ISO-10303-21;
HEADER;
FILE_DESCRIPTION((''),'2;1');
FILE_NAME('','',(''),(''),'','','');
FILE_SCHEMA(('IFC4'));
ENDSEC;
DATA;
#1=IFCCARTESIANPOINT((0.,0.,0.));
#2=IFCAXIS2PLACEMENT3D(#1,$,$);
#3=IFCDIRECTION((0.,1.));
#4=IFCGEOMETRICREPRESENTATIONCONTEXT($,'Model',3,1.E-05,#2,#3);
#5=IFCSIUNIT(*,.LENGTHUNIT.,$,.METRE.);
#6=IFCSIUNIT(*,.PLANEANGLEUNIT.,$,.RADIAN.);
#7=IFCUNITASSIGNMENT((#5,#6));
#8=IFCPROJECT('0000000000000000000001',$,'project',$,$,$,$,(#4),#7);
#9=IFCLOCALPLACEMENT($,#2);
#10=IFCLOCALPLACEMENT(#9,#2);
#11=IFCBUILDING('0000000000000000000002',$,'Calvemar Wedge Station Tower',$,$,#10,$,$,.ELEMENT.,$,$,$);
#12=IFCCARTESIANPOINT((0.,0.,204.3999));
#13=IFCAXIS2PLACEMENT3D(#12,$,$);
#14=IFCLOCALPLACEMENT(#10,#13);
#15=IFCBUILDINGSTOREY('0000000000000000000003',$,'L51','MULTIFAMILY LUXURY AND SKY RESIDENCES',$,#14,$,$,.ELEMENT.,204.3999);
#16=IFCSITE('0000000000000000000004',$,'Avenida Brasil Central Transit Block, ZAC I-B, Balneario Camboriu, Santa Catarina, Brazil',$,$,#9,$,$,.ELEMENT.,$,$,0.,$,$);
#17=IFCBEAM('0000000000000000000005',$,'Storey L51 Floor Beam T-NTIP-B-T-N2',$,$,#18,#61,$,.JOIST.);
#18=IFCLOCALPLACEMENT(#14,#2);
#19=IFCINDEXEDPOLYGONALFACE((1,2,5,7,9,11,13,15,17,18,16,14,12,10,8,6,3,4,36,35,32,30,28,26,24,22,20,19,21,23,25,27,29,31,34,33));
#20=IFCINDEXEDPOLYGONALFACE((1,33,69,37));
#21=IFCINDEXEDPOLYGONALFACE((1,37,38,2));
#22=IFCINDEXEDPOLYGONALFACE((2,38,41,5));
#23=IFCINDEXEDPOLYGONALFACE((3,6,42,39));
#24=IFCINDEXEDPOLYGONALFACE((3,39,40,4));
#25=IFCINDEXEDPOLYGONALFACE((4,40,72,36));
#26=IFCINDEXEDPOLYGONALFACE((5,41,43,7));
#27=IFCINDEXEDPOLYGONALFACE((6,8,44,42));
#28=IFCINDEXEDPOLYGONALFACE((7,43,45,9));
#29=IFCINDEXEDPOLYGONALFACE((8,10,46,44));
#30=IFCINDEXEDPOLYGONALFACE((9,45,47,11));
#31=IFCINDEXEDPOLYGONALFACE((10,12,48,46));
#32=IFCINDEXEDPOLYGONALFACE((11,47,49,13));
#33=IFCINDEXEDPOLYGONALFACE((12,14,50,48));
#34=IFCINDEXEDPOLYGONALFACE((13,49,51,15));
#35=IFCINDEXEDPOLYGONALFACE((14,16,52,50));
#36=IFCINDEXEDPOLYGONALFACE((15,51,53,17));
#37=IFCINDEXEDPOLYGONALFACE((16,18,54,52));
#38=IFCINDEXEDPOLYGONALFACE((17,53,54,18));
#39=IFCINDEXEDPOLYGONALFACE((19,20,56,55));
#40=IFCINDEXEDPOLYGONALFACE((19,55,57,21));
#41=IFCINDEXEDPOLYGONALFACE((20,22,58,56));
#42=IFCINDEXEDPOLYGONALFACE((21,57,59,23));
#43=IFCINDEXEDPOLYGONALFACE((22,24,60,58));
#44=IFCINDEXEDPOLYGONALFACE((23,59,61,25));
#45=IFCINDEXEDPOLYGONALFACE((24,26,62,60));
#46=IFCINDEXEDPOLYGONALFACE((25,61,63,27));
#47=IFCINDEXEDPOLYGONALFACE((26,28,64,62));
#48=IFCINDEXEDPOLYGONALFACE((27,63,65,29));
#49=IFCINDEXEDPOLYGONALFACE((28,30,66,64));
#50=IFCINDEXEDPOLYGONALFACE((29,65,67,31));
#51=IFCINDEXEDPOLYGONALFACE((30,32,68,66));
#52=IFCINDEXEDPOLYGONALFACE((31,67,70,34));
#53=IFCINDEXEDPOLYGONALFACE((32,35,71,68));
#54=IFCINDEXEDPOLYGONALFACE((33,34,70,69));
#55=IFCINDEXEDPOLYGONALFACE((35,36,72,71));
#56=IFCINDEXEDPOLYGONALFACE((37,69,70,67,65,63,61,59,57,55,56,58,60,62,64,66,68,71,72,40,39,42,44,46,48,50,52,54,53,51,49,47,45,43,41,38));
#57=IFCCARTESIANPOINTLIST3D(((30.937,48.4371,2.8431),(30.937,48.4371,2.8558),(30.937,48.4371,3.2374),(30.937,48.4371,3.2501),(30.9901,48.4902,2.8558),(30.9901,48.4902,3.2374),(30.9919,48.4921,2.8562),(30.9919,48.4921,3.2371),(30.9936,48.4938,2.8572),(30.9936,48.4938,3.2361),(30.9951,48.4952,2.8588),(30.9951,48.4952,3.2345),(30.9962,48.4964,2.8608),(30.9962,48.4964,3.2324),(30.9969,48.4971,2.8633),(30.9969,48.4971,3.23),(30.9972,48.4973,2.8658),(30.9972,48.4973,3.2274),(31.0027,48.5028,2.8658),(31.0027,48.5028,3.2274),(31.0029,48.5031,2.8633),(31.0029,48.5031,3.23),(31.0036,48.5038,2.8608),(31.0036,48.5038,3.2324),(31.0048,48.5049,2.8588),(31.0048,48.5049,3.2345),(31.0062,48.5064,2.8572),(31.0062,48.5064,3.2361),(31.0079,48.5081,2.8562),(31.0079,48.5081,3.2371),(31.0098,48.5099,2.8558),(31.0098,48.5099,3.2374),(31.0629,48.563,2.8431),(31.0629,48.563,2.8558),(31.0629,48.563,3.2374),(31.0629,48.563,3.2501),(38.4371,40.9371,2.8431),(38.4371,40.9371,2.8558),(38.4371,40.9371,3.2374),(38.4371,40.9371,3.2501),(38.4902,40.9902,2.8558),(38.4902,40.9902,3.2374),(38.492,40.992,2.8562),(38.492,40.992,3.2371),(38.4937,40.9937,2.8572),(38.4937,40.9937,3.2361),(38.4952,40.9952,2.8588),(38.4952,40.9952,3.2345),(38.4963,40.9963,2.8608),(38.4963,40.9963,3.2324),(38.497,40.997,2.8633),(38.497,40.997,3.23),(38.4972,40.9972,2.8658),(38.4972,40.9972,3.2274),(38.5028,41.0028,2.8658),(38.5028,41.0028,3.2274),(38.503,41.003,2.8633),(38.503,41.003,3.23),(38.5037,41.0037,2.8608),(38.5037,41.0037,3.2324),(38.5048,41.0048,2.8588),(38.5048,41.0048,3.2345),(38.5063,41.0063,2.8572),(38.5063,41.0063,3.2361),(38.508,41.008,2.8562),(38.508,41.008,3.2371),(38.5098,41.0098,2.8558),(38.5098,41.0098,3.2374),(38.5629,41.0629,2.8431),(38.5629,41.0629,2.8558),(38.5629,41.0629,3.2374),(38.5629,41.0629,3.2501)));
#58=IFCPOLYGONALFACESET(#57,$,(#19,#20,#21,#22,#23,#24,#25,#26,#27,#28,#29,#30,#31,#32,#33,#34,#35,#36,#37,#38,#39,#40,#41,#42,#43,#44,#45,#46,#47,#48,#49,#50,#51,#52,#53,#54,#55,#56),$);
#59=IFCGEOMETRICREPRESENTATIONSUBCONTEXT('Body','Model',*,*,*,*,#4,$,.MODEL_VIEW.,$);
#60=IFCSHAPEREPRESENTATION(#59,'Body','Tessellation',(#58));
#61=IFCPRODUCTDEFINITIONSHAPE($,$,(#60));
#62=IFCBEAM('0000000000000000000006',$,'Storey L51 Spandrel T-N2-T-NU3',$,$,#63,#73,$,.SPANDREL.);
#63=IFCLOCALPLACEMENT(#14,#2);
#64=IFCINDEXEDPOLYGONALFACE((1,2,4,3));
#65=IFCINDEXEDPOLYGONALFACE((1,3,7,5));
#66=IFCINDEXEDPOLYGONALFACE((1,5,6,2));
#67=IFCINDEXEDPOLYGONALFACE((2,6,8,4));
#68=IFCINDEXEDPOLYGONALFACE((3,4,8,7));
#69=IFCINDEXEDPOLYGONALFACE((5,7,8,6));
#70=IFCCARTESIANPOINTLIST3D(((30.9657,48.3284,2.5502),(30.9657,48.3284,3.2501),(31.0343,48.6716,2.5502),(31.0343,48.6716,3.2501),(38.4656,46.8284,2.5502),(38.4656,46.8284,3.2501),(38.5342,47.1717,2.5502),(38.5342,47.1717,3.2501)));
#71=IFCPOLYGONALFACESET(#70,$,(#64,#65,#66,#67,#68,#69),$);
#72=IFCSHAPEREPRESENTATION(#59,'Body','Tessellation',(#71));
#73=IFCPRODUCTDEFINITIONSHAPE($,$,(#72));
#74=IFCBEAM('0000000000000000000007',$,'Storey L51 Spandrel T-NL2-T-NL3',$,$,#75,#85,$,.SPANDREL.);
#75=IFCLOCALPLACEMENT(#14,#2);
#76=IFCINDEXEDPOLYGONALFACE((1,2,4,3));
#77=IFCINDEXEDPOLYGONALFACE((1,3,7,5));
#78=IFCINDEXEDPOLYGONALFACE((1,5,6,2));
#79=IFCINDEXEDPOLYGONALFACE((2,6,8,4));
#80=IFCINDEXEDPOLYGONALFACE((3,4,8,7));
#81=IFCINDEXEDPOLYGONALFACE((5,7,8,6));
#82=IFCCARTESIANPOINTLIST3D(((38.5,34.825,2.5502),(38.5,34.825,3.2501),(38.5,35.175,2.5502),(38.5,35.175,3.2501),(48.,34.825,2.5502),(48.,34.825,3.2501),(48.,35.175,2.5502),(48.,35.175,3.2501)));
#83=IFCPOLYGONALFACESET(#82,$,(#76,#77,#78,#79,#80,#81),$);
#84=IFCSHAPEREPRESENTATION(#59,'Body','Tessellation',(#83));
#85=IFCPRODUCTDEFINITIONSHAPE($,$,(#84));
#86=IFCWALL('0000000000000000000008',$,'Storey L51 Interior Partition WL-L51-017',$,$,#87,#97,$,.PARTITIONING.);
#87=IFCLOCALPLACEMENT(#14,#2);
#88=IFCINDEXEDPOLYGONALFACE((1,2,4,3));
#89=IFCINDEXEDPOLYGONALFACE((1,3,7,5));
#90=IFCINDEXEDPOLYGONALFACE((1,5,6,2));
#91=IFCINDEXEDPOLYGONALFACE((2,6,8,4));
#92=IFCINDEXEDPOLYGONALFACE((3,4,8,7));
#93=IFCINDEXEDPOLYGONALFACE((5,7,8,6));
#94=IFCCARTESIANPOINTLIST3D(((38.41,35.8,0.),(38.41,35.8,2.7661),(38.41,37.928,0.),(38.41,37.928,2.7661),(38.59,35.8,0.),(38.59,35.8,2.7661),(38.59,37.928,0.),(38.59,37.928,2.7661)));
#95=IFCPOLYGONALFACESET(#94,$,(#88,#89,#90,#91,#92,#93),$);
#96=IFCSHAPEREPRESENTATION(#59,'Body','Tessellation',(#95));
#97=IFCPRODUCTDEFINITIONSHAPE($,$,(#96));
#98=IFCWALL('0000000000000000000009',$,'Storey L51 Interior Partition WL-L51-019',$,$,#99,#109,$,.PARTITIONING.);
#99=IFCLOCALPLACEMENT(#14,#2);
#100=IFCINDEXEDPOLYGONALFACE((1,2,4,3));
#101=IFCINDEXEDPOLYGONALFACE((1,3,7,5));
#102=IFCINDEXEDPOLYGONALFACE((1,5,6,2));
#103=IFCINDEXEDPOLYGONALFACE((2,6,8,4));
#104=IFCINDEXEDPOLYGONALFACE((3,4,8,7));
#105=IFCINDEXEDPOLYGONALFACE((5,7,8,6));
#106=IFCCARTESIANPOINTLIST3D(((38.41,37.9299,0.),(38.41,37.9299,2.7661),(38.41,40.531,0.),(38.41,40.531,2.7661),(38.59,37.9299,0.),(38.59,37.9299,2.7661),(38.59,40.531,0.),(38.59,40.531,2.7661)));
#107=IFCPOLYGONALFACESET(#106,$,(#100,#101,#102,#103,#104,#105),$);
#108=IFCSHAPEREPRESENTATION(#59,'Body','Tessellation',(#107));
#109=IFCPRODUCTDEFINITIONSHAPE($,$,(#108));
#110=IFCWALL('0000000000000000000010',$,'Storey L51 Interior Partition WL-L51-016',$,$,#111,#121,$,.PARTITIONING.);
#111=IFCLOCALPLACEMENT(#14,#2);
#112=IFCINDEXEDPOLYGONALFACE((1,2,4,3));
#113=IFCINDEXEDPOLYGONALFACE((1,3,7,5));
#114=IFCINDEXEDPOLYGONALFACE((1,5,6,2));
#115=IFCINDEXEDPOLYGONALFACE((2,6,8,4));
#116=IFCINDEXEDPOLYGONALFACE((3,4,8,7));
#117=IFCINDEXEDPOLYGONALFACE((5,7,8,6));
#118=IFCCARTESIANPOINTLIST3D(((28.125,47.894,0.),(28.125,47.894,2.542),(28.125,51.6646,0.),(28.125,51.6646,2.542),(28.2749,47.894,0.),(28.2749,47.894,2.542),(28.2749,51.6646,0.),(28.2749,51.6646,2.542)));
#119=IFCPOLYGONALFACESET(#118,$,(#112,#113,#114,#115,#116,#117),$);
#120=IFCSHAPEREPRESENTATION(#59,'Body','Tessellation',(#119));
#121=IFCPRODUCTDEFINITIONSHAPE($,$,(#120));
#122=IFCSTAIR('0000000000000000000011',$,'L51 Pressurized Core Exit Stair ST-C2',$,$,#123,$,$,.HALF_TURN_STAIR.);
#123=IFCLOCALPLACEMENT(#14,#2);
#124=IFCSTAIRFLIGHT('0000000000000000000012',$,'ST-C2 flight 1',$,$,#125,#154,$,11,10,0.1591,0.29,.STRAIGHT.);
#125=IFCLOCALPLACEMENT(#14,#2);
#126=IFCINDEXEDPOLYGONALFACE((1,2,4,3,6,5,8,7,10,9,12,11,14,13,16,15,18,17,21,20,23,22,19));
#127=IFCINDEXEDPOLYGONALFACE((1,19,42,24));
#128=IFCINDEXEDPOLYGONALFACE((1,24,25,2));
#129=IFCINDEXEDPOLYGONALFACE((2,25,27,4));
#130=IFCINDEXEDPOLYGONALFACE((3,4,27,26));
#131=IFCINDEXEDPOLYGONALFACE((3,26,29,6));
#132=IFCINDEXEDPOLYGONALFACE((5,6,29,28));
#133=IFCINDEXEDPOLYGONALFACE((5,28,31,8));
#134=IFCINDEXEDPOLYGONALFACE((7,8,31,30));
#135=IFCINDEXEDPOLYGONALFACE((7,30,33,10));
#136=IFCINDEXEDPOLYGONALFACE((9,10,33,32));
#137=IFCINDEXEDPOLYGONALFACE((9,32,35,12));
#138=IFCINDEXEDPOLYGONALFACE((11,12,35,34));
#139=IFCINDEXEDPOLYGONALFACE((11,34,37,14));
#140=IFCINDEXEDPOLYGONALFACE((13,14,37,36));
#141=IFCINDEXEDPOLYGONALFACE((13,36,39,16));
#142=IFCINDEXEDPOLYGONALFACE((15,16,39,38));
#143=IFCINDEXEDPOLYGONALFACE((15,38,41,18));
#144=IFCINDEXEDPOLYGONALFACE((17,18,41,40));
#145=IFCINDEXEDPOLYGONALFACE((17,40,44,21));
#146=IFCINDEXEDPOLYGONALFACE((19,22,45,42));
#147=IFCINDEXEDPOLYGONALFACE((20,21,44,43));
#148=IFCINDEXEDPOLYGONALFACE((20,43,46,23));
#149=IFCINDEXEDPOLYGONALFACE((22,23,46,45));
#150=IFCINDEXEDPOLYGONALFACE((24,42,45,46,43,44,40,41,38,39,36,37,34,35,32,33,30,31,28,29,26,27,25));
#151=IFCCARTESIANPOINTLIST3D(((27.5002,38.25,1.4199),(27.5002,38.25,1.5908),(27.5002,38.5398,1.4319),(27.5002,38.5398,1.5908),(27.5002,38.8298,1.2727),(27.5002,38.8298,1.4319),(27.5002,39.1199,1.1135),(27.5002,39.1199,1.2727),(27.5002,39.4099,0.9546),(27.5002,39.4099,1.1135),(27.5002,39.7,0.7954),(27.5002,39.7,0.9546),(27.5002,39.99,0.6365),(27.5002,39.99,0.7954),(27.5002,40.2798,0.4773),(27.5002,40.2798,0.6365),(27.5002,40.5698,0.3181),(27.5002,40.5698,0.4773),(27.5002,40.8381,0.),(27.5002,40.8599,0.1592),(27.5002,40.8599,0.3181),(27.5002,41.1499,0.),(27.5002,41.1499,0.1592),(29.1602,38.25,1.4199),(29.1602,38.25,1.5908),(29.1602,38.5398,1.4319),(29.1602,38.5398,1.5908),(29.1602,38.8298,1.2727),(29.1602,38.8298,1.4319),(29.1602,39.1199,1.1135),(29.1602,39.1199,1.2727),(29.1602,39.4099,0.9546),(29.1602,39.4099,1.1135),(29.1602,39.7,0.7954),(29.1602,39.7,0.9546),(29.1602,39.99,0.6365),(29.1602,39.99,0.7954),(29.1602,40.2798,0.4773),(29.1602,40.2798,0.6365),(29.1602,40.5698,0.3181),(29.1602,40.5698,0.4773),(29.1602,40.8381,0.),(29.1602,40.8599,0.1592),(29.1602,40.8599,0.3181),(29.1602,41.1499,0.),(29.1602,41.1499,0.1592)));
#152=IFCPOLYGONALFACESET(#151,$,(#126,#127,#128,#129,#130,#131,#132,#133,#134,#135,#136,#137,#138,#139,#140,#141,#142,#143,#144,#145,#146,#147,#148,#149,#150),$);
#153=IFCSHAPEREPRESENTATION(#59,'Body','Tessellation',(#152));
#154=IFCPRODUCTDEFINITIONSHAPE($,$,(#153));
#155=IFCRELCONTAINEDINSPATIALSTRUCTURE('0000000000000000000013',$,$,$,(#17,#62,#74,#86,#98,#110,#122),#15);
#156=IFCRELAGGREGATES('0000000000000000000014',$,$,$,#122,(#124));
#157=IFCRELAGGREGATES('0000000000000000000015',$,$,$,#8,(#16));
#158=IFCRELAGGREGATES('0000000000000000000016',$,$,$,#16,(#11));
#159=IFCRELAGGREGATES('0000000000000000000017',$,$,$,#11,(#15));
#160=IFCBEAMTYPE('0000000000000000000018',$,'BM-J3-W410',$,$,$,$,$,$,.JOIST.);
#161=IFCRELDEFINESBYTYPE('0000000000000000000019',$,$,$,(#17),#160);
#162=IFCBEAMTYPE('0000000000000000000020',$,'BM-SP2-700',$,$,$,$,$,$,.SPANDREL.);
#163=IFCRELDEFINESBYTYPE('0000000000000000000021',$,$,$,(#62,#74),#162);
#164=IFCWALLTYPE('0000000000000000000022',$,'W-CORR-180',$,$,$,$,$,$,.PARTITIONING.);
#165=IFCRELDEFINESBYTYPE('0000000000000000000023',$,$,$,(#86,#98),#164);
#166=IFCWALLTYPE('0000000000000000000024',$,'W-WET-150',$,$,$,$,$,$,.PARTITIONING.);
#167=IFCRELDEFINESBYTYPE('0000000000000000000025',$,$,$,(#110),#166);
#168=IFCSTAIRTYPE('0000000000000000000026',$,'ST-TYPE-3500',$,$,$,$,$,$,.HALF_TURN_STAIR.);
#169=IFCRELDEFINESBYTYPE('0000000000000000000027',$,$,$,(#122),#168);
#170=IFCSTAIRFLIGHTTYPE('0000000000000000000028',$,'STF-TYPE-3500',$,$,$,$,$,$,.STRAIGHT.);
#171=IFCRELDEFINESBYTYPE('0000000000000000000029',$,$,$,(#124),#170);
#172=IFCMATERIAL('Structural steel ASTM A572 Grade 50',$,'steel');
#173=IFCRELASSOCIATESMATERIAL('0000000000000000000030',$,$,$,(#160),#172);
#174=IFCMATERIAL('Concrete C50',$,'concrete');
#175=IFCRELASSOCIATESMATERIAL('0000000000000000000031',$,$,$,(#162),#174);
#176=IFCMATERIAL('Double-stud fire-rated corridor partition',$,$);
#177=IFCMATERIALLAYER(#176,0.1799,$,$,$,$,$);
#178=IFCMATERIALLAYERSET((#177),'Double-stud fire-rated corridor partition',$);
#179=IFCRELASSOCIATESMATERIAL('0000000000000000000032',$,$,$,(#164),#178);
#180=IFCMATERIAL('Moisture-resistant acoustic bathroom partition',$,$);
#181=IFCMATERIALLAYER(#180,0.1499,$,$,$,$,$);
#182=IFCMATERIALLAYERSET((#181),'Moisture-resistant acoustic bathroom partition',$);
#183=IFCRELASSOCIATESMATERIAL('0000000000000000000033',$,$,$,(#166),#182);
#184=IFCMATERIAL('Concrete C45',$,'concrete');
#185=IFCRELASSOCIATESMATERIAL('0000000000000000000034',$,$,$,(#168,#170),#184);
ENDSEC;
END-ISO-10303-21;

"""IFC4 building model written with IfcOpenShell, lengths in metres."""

from ifc_helpers import new_model, si_unit, direction, frame, frame_2d, origin, origin_2d, place, context, subcontext, project, spatial, polyline, rectangle, i_section, outline, extrude, source, transform, mapped, material, layer, layer_set, material_profile, profile_set, type_object, element, aggregate, save


model = new_model("IFC4")

# Units and contexts
model_context = context("Model", 3, precision=1e-05, world=origin(), true_north=direction((0.0, 1.0)))
body_context = subcontext(model_context, "Body", "Model", "MODEL_VIEW")
ifc_project = project(units=[si_unit("LENGTHUNIT", "METRE"), si_unit("PLANEANGLEUNIT", "RADIAN")], contexts=[model_context])

# Site, building, storey
site_placement = place(None, origin())
site = spatial("IfcSite", under=ifc_project, at=site_placement, Name="Avenida Brasil Central Transit Block, ZAC I-B, Balneario Camboriu, Santa Catarina, Brazil", CompositionType="ELEMENT", RefElevation=0.0)
building_placement = place(site_placement, origin())
building = spatial("IfcBuilding", under=site, at=building_placement, Name="Calvemar Wedge Station Tower", CompositionType="ELEMENT")
storey_placement = place(building_placement, frame((0.0, 0.0, 204.3999)))
storey = spatial("IfcBuildingStorey", under=building, at=storey_placement, Name="L51", Description="MULTIFAMILY LUXURY AND SKY RESIDENCES", CompositionType="ELEMENT", Elevation=204.3999)

# Shared definitions
ifc_material_1 = material(Name="Concrete C50", Category="concrete")
ifc_material_2 = material(Name="Structural steel ASTM A572 Grade 50", Category="steel")

# Beams
ifc_material_profile_1 = material_profile(ifc_material_2, i_section(OverallWidth=0.178, OverallDepth=0.407, WebThickness=0.0078, FlangeThickness=0.0127, FilletRadius=0.01, at=origin_2d()), Name="W410x60")
ifc_profile_set_1 = profile_set([ifc_material_profile_1], Name="Structural steel ASTM A572 Grade 50")
beam_type_1 = type_object("IfcBeamType", Name="BM-J3-W410", PredefinedType="JOIST", material=ifc_profile_set_1)
shared_shape_1 = source(origin(), body_context, "Body", "SweptSolid", [
    extrude(i_section(OverallWidth=0.178, OverallDepth=0.407, WebThickness=0.0078, FlangeThickness=0.0127, FilletRadius=0.01, at=origin_2d()), origin(), (0.0, 0.0, 1.0), 10.6067),
])
beam_1_placement = place(storey_placement, frame((38.5, 41.0, 3.0466), z_axis=(-0.707107, 0.707107, 0.0), x_axis=(-0.707107, -0.707107, 0.0)))
element("IfcBeam", 1, at=beam_1_placement, inside=storey, type_object=beam_type_1, Name="Storey L51 Floor Beam T-NTIP-B-T-N2", PredefinedType="JOIST", context=body_context, shape_type="MappedRepresentation", body=[
    mapped(shared_shape_1, transform((0.0, 0.0, 0.0), scale=1.0)),
])
ifc_material_profile_2 = material_profile(ifc_material_1, rectangle(XDim=0.3501, YDim=0.7, at=origin_2d()), Name="RC350x700")
ifc_profile_set_2 = profile_set([ifc_material_profile_2], Name="Concrete C50")
beam_type_2 = type_object("IfcBeamType", Name="BM-SP2-700", PredefinedType="SPANDREL", material=ifc_profile_set_2)
shared_shape_2 = source(origin(), body_context, "Body", "SweptSolid", [
    extrude(rectangle(XDim=0.3501, YDim=0.7, at=origin_2d()), origin(), (0.0, 0.0, 1.0), 7.6484),
])
beam_2_placement = place(storey_placement, frame((31.0, 48.5, 2.9001), z_axis=(0.980581, -0.196116, 0.0), x_axis=(0.196116, 0.980581, 0.0)))
element("IfcBeam", 2, at=beam_2_placement, inside=storey, type_object=beam_type_2, Name="Storey L51 Spandrel T-N2-T-NU3", PredefinedType="SPANDREL", context=body_context, shape_type="MappedRepresentation", body=[
    mapped(shared_shape_2, transform((0.0, 0.0, 0.0), scale=1.0)),
])
shared_shape_3 = source(origin(), body_context, "Body", "SweptSolid", [
    extrude(rectangle(XDim=0.3501, YDim=0.7, at=origin_2d()), origin(), (0.0, 0.0, 1.0), 9.5),
])
beam_3_placement = place(storey_placement, frame((38.5, 35.0, 2.9001), z_axis=(1.0, 0.0, 0.0), x_axis=(0.0, 1.0, 0.0)))
element("IfcBeam", 3, at=beam_3_placement, inside=storey, type_object=beam_type_2, Name="Storey L51 Spandrel T-NL2-T-NL3", PredefinedType="SPANDREL", context=body_context, shape_type="MappedRepresentation", body=[
    mapped(shared_shape_3, transform((0.0, 0.0, 0.0), scale=1.0)),
])

# Shared definitions
ifc_material_3 = material(Name="Double-stud fire-rated corridor partition")
ifc_layer_1 = layer(ifc_material_3, 0.1799)
ifc_layer_set_1 = layer_set([ifc_layer_1], Name="Double-stud fire-rated corridor partition")
wall_type_1 = type_object("IfcWallType", Name="W-CORR-180", PredefinedType="PARTITIONING", material=ifc_layer_set_1)

# Walls
wall_1_placement = place(storey_placement, frame((38.5, 37.928, 0.0), z_axis=(0.0, 0.0, 1.0), x_axis=(0.0, -1.0, 0.0)))
element("IfcWall", 4, at=wall_1_placement, inside=storey, type_object=wall_type_1, Name="Storey L51 Interior Partition WL-L51-017", PredefinedType="PARTITIONING", context=body_context, shape_type="SweptSolid", body=[
    extrude(rectangle(XDim=2.1279, YDim=0.1799, at=frame_2d((1.064, 0.0))), origin(), (0.0, 0.0, 1.0), 2.7661),
])
wall_2_placement = place(storey_placement, frame((38.5, 40.531, 0.0), z_axis=(0.0, 0.0, 1.0), x_axis=(0.0, -1.0, 0.0)))
element("IfcWall", 5, at=wall_2_placement, inside=storey, type_object=wall_type_1, Name="Storey L51 Interior Partition WL-L51-019", PredefinedType="PARTITIONING", context=body_context, shape_type="SweptSolid", body=[
    extrude(rectangle(XDim=2.6011, YDim=0.1799, at=frame_2d((1.3005, 0.0))), origin(), (0.0, 0.0, 1.0), 2.7661),
])
ifc_material_4 = material(Name="Moisture-resistant acoustic bathroom partition")
ifc_layer_2 = layer(ifc_material_4, 0.1499)
ifc_layer_set_2 = layer_set([ifc_layer_2], Name="Moisture-resistant acoustic bathroom partition")
wall_type_2 = type_object("IfcWallType", Name="W-WET-150", PredefinedType="PARTITIONING", material=ifc_layer_set_2)
wall_3_placement = place(storey_placement, frame((28.2, 51.6646, 0.0), z_axis=(0.0, 0.0, 1.0), x_axis=(0.0, -1.0, 0.0)))
element("IfcWall", 6, at=wall_3_placement, inside=storey, type_object=wall_type_2, Name="Storey L51 Interior Partition WL-L51-016", PredefinedType="PARTITIONING", context=body_context, shape_type="SweptSolid", body=[
    extrude(rectangle(XDim=3.7705, YDim=0.1499, at=frame_2d((1.8853, 0.0))), origin(), (0.0, 0.0, 1.0), 2.542),
])

# Stair, stair flight
ifc_material_5 = material(Name="Concrete C45", Category="concrete")
stair_type = type_object("IfcStairType", Name="ST-TYPE-3500", PredefinedType="HALF_TURN_STAIR", material=ifc_material_5)
stair_placement = place(storey_placement, origin())
stair = element("IfcStair", 7, at=stair_placement, inside=storey, type_object=stair_type, Name="L51 Pressurized Core Exit Stair ST-C2", PredefinedType="HALF_TURN_STAIR")
stair_flight_type = type_object("IfcStairFlightType", Name="STF-TYPE-3500", PredefinedType="STRAIGHT", material=ifc_material_5)
stair_flight_1_placement = place(storey_placement, frame((28.3301, 41.1499, 0.0), z_axis=(0.0, 0.0, 1.0), x_axis=(0.0, -1.0, 0.0)))
stair_flight_1 = element("IfcStairFlight", 8, at=stair_flight_1_placement, type_object=stair_flight_type, Name="ST-C2 flight 1", NumberOfRisers=11, NumberOfTreads=10, PredefinedType="STRAIGHT", RiserHeight=0.1591, TreadLength=0.29, context=body_context, shape_type="SweptSolid", body=[
    extrude(outline(polyline([(0.0, 0.0), (0.0, 0.1592), (0.29, 0.1592), (0.29, 0.3181), (0.5801, 0.3181), (0.5801, 0.4773), (0.8701, 0.4773), (0.8701, 0.6365), (1.1599, 0.6365), (1.1599, 0.7954), (1.45, 0.7954), (1.45, 0.9546), (1.74, 0.9546), (1.74, 1.1135), (2.03, 1.1135), (2.03, 1.2727), (2.3201, 1.2727), (2.3201, 1.4319), (2.6101, 1.4319), (2.6101, 1.5908), (2.8999, 1.5908), (2.8999, 1.75), (2.8999, 1.4199), (0.3118, 0.0), (0.0, 0.0)])), frame((0.0, 0.8301, 0.0), z_axis=(0.0, -1.0, 0.0), x_axis=(1.0, 0.0, 0.0)), (0.0, 0.0, 1.0), 1.6599),
])
aggregate(stair, [stair_flight_1])

save(model, "model.ifc")
